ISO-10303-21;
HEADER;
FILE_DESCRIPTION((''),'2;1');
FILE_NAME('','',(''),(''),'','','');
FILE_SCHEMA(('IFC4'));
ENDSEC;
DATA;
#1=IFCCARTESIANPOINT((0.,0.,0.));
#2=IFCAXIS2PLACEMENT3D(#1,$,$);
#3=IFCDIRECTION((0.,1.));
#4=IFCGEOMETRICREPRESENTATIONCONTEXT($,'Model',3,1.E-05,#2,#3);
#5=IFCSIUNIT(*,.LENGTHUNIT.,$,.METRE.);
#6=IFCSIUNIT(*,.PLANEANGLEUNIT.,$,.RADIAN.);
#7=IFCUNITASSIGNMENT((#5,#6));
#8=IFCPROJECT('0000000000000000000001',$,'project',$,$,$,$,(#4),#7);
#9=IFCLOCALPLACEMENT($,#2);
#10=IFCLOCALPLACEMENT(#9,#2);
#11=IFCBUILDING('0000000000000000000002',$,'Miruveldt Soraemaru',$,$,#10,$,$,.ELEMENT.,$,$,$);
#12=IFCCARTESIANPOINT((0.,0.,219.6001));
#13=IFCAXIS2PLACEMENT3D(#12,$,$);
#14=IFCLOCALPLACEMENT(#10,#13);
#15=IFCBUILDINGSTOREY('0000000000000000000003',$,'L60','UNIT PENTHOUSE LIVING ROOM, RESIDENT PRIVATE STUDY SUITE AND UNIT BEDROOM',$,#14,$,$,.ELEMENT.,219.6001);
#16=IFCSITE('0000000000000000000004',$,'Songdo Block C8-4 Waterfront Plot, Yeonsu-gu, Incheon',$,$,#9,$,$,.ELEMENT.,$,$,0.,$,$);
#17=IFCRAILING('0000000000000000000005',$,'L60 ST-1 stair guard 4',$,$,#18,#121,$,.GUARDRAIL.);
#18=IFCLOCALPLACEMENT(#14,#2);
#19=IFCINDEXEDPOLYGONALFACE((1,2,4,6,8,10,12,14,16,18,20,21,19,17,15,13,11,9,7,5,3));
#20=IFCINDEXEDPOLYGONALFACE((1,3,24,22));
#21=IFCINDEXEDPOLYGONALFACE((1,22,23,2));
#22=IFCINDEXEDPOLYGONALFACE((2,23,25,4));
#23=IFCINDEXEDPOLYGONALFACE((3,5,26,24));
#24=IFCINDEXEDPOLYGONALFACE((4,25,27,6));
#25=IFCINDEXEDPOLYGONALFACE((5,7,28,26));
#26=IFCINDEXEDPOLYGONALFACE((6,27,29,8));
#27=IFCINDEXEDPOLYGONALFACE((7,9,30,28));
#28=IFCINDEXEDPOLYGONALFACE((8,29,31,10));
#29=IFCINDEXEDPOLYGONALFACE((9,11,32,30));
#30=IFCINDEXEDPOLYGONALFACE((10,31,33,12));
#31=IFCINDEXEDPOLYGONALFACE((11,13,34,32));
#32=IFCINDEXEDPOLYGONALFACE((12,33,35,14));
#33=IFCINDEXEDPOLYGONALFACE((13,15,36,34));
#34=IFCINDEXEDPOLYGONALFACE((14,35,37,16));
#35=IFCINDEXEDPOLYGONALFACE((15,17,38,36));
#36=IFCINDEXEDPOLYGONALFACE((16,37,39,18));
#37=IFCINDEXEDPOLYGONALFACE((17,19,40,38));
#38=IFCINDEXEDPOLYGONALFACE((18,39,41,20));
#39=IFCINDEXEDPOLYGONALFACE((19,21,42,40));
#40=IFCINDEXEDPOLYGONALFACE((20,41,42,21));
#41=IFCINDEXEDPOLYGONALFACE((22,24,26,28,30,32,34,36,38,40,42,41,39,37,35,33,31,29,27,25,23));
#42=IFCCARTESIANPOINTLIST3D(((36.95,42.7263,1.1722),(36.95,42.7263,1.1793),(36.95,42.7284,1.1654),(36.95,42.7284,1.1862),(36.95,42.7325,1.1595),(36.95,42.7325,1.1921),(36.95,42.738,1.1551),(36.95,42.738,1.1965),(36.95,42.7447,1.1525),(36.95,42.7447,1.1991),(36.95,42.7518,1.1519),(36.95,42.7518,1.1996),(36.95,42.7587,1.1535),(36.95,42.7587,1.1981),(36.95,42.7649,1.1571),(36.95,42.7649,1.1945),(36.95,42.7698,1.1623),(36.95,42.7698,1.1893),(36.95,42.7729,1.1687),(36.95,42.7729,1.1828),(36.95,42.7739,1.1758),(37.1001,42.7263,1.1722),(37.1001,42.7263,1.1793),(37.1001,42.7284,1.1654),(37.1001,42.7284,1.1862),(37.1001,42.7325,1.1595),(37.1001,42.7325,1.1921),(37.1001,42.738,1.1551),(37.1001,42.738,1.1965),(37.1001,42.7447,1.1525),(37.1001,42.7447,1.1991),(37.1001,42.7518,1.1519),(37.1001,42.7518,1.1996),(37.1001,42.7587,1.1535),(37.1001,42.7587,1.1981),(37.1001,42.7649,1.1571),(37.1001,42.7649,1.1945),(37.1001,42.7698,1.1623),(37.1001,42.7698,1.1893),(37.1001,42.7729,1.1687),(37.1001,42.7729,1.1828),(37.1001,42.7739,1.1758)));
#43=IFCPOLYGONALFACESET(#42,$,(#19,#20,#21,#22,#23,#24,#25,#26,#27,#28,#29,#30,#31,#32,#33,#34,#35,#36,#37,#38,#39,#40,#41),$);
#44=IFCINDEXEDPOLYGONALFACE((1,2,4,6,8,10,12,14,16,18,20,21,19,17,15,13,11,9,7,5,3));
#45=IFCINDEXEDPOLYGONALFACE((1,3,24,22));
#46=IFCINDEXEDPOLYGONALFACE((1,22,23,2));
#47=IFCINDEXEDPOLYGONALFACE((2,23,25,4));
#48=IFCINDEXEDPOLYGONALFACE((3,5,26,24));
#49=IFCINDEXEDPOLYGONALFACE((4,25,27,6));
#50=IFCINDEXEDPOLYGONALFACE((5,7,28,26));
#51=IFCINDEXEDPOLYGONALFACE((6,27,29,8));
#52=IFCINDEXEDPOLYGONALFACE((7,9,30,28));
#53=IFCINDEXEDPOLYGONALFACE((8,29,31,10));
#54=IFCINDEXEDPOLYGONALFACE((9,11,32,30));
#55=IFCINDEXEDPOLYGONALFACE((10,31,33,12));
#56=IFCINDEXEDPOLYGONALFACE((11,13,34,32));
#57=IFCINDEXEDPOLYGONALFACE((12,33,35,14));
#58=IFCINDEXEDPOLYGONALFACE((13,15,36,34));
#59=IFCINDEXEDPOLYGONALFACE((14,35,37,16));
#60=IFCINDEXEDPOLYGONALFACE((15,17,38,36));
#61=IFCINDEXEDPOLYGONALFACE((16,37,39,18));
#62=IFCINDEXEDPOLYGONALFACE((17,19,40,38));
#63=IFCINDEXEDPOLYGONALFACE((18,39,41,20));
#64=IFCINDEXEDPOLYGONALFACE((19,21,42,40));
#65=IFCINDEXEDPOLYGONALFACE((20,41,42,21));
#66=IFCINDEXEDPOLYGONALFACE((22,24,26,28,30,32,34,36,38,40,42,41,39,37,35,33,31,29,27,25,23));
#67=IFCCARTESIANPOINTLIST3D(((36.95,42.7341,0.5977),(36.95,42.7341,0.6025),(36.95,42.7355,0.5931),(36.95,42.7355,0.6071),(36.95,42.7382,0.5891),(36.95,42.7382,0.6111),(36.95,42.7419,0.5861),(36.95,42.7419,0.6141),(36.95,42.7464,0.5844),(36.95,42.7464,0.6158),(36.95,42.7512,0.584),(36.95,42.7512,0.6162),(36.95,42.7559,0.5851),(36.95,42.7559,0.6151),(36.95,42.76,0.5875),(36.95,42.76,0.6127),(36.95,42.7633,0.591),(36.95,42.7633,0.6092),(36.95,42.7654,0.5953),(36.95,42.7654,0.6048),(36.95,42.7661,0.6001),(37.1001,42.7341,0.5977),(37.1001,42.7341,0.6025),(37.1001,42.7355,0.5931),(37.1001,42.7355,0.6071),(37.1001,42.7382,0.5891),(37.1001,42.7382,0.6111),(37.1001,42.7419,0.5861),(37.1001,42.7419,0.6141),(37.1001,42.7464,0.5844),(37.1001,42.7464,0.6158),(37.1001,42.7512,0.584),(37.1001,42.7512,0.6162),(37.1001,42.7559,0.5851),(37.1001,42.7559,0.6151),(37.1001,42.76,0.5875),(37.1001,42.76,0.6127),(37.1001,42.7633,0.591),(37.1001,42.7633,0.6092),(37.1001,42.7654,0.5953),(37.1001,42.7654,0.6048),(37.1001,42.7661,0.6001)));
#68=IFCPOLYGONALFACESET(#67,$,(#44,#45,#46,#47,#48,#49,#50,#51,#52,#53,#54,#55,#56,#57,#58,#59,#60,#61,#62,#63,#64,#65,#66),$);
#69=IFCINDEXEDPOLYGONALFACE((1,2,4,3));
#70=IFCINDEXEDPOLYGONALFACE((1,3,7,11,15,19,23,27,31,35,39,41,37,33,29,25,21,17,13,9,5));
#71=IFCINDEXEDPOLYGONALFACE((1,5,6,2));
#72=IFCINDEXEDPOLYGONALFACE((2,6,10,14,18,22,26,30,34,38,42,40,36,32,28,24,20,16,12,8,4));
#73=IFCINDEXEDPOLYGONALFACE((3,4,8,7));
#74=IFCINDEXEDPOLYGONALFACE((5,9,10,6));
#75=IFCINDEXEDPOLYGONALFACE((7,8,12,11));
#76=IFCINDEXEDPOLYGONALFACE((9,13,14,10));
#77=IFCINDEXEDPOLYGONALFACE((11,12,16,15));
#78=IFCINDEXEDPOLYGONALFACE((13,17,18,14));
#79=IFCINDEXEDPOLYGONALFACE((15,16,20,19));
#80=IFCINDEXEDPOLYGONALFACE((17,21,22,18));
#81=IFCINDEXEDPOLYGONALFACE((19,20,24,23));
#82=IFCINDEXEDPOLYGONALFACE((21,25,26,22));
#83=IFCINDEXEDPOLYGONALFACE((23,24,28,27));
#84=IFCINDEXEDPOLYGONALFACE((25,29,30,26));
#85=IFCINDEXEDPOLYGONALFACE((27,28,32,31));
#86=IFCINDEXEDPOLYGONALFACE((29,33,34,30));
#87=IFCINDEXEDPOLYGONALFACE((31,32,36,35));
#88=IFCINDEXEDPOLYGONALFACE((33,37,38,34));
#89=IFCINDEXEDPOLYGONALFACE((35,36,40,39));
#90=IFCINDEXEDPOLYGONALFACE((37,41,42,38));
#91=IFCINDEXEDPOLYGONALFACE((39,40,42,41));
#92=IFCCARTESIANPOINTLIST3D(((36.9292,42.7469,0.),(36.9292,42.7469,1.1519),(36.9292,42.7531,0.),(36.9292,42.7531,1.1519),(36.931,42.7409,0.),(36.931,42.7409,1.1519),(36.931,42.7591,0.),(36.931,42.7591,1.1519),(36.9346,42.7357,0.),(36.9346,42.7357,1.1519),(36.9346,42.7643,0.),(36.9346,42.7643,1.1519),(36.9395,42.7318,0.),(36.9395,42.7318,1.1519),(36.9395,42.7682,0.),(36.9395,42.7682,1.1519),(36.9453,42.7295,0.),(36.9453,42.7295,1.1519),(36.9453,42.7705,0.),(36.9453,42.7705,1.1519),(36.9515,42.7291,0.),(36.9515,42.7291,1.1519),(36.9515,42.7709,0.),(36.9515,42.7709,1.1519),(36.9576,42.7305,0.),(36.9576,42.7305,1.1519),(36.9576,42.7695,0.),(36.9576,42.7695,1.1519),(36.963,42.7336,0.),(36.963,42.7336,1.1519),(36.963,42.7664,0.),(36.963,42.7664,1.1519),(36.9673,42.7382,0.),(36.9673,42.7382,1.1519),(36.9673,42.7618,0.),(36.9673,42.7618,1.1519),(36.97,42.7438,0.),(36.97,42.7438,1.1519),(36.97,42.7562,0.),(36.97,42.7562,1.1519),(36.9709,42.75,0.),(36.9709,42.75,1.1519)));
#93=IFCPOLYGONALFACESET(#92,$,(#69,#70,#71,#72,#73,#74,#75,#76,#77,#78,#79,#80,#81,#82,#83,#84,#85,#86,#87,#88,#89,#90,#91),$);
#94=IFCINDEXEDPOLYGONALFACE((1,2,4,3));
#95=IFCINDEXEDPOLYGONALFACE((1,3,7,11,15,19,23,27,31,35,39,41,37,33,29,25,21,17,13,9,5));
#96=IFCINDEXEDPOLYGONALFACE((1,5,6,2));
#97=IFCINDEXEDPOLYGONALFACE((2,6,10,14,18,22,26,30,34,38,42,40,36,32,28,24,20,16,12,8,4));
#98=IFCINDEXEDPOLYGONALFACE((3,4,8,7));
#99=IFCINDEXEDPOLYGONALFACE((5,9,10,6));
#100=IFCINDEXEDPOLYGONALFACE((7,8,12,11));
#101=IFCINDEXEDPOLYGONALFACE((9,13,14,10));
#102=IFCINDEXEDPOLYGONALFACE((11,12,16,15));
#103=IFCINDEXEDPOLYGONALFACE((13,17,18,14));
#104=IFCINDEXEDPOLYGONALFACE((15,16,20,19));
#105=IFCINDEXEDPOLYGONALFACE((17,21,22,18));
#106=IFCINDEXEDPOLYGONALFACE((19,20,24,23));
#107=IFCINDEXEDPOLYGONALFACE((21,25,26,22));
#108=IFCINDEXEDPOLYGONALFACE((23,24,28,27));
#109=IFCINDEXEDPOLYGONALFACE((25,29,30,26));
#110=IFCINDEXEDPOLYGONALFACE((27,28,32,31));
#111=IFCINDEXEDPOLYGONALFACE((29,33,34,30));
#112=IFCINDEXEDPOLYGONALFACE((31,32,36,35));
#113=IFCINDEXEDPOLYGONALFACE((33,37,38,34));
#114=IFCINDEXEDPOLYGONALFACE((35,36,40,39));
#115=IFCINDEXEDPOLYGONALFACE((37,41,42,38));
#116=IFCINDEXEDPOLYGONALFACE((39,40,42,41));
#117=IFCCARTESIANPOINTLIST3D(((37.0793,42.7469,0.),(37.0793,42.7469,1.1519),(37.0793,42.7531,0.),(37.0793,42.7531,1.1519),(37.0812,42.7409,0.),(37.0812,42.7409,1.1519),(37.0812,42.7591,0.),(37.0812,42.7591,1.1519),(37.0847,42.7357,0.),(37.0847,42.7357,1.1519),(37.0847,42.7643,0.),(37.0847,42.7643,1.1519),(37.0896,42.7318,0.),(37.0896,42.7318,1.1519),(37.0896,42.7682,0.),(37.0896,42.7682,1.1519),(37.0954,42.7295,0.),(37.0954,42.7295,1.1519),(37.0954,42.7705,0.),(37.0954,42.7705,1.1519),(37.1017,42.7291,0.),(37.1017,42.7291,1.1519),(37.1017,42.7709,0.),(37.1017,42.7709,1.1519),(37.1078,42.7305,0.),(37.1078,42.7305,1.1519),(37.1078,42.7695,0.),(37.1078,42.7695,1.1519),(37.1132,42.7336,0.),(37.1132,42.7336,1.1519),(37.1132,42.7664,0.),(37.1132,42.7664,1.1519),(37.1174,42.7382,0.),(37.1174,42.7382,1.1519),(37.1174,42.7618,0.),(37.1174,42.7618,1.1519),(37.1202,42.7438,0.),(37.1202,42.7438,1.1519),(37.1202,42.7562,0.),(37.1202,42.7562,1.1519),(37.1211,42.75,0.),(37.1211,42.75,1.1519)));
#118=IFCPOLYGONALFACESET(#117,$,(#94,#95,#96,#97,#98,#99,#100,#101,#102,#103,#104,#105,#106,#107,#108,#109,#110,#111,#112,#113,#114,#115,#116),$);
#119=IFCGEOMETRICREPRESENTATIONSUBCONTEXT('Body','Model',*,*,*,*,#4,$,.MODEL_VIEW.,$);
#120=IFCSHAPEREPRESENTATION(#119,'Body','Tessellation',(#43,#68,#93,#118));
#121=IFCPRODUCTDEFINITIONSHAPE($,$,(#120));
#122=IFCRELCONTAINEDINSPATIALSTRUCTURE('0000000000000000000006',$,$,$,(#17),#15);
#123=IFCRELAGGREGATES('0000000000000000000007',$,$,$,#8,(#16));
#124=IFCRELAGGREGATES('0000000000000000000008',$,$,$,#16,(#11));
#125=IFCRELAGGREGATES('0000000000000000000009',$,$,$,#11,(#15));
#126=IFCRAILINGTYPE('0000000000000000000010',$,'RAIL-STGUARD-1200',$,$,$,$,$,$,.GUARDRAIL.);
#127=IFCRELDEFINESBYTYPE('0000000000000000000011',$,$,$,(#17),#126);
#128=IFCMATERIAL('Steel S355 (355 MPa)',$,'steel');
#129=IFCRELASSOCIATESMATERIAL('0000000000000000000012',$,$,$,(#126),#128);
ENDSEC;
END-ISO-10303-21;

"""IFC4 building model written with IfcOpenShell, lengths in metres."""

from ifc_helpers import new_model, si_unit, direction, frame, origin, origin_2d, place, context, subcontext, project, spatial, circle, extrude, material, type_object, element, save


model = new_model("IFC4")

# Units and contexts
model_context = context("Model", 3, precision=1e-05, world=origin(), true_north=direction((0.0, 1.0)))
body_context = subcontext(model_context, "Body", "Model", "MODEL_VIEW")
ifc_project = project(units=[si_unit("LENGTHUNIT", "METRE"), si_unit("PLANEANGLEUNIT", "RADIAN")], contexts=[model_context])

# Site, building, storey
site_placement = place(None, origin())
site = spatial("IfcSite", under=ifc_project, at=site_placement, Name="Songdo Block C8-4 Waterfront Plot, Yeonsu-gu, Incheon", CompositionType="ELEMENT", RefElevation=0.0)
building_placement = place(site_placement, origin())
building = spatial("IfcBuilding", under=site, at=building_placement, Name="Miruveldt Soraemaru", CompositionType="ELEMENT")
storey_placement = place(building_placement, frame((0.0, 0.0, 219.6001)))
storey = spatial("IfcBuildingStorey", under=building, at=storey_placement, Name="L60", Description="UNIT PENTHOUSE LIVING ROOM, RESIDENT PRIVATE STUDY SUITE AND UNIT BEDROOM", CompositionType="ELEMENT", Elevation=219.6001)

# Railing
ifc_material_1 = material(Name="Steel S355 (355 MPa)", Category="steel")
railing_type_1 = type_object("IfcRailingType", Name="RAIL-STGUARD-1200", PredefinedType="GUARDRAIL", material=ifc_material_1)
railing_1_placement = place(storey_placement, frame((36.95, 42.75, 0.0)))
element("IfcRailing", 1, at=railing_1_placement, inside=storey, type_object=railing_type_1, Name="L60 ST-1 stair guard 4", PredefinedType="GUARDRAIL", context=body_context, shape_type="SweptSolid", body=[
    extrude(circle(Radius=0.0239, at=origin_2d()), frame((0.0, 0.0, 1.1758), z_axis=(1.0, 0.0, 0.0), x_axis=(0.0, 1.0, 0.0)), (0.0, 0.0, 1.0), 0.1501),
    extrude(circle(Radius=0.0161, at=origin_2d()), frame((0.0, 0.0, 0.6001), z_axis=(1.0, 0.0, 0.0), x_axis=(0.0, 1.0, 0.0)), (0.0, 0.0, 1.0), 0.1501),
    extrude(circle(Radius=0.021, at=origin_2d()), origin(), (0.0, 0.0, 1.0), 1.1519),
    extrude(circle(Radius=0.021, at=origin_2d()), frame((0.1501, 0.0, 0.0)), (0.0, 0.0, 1.0), 1.1519),
])

save(model, "model.ifc")
